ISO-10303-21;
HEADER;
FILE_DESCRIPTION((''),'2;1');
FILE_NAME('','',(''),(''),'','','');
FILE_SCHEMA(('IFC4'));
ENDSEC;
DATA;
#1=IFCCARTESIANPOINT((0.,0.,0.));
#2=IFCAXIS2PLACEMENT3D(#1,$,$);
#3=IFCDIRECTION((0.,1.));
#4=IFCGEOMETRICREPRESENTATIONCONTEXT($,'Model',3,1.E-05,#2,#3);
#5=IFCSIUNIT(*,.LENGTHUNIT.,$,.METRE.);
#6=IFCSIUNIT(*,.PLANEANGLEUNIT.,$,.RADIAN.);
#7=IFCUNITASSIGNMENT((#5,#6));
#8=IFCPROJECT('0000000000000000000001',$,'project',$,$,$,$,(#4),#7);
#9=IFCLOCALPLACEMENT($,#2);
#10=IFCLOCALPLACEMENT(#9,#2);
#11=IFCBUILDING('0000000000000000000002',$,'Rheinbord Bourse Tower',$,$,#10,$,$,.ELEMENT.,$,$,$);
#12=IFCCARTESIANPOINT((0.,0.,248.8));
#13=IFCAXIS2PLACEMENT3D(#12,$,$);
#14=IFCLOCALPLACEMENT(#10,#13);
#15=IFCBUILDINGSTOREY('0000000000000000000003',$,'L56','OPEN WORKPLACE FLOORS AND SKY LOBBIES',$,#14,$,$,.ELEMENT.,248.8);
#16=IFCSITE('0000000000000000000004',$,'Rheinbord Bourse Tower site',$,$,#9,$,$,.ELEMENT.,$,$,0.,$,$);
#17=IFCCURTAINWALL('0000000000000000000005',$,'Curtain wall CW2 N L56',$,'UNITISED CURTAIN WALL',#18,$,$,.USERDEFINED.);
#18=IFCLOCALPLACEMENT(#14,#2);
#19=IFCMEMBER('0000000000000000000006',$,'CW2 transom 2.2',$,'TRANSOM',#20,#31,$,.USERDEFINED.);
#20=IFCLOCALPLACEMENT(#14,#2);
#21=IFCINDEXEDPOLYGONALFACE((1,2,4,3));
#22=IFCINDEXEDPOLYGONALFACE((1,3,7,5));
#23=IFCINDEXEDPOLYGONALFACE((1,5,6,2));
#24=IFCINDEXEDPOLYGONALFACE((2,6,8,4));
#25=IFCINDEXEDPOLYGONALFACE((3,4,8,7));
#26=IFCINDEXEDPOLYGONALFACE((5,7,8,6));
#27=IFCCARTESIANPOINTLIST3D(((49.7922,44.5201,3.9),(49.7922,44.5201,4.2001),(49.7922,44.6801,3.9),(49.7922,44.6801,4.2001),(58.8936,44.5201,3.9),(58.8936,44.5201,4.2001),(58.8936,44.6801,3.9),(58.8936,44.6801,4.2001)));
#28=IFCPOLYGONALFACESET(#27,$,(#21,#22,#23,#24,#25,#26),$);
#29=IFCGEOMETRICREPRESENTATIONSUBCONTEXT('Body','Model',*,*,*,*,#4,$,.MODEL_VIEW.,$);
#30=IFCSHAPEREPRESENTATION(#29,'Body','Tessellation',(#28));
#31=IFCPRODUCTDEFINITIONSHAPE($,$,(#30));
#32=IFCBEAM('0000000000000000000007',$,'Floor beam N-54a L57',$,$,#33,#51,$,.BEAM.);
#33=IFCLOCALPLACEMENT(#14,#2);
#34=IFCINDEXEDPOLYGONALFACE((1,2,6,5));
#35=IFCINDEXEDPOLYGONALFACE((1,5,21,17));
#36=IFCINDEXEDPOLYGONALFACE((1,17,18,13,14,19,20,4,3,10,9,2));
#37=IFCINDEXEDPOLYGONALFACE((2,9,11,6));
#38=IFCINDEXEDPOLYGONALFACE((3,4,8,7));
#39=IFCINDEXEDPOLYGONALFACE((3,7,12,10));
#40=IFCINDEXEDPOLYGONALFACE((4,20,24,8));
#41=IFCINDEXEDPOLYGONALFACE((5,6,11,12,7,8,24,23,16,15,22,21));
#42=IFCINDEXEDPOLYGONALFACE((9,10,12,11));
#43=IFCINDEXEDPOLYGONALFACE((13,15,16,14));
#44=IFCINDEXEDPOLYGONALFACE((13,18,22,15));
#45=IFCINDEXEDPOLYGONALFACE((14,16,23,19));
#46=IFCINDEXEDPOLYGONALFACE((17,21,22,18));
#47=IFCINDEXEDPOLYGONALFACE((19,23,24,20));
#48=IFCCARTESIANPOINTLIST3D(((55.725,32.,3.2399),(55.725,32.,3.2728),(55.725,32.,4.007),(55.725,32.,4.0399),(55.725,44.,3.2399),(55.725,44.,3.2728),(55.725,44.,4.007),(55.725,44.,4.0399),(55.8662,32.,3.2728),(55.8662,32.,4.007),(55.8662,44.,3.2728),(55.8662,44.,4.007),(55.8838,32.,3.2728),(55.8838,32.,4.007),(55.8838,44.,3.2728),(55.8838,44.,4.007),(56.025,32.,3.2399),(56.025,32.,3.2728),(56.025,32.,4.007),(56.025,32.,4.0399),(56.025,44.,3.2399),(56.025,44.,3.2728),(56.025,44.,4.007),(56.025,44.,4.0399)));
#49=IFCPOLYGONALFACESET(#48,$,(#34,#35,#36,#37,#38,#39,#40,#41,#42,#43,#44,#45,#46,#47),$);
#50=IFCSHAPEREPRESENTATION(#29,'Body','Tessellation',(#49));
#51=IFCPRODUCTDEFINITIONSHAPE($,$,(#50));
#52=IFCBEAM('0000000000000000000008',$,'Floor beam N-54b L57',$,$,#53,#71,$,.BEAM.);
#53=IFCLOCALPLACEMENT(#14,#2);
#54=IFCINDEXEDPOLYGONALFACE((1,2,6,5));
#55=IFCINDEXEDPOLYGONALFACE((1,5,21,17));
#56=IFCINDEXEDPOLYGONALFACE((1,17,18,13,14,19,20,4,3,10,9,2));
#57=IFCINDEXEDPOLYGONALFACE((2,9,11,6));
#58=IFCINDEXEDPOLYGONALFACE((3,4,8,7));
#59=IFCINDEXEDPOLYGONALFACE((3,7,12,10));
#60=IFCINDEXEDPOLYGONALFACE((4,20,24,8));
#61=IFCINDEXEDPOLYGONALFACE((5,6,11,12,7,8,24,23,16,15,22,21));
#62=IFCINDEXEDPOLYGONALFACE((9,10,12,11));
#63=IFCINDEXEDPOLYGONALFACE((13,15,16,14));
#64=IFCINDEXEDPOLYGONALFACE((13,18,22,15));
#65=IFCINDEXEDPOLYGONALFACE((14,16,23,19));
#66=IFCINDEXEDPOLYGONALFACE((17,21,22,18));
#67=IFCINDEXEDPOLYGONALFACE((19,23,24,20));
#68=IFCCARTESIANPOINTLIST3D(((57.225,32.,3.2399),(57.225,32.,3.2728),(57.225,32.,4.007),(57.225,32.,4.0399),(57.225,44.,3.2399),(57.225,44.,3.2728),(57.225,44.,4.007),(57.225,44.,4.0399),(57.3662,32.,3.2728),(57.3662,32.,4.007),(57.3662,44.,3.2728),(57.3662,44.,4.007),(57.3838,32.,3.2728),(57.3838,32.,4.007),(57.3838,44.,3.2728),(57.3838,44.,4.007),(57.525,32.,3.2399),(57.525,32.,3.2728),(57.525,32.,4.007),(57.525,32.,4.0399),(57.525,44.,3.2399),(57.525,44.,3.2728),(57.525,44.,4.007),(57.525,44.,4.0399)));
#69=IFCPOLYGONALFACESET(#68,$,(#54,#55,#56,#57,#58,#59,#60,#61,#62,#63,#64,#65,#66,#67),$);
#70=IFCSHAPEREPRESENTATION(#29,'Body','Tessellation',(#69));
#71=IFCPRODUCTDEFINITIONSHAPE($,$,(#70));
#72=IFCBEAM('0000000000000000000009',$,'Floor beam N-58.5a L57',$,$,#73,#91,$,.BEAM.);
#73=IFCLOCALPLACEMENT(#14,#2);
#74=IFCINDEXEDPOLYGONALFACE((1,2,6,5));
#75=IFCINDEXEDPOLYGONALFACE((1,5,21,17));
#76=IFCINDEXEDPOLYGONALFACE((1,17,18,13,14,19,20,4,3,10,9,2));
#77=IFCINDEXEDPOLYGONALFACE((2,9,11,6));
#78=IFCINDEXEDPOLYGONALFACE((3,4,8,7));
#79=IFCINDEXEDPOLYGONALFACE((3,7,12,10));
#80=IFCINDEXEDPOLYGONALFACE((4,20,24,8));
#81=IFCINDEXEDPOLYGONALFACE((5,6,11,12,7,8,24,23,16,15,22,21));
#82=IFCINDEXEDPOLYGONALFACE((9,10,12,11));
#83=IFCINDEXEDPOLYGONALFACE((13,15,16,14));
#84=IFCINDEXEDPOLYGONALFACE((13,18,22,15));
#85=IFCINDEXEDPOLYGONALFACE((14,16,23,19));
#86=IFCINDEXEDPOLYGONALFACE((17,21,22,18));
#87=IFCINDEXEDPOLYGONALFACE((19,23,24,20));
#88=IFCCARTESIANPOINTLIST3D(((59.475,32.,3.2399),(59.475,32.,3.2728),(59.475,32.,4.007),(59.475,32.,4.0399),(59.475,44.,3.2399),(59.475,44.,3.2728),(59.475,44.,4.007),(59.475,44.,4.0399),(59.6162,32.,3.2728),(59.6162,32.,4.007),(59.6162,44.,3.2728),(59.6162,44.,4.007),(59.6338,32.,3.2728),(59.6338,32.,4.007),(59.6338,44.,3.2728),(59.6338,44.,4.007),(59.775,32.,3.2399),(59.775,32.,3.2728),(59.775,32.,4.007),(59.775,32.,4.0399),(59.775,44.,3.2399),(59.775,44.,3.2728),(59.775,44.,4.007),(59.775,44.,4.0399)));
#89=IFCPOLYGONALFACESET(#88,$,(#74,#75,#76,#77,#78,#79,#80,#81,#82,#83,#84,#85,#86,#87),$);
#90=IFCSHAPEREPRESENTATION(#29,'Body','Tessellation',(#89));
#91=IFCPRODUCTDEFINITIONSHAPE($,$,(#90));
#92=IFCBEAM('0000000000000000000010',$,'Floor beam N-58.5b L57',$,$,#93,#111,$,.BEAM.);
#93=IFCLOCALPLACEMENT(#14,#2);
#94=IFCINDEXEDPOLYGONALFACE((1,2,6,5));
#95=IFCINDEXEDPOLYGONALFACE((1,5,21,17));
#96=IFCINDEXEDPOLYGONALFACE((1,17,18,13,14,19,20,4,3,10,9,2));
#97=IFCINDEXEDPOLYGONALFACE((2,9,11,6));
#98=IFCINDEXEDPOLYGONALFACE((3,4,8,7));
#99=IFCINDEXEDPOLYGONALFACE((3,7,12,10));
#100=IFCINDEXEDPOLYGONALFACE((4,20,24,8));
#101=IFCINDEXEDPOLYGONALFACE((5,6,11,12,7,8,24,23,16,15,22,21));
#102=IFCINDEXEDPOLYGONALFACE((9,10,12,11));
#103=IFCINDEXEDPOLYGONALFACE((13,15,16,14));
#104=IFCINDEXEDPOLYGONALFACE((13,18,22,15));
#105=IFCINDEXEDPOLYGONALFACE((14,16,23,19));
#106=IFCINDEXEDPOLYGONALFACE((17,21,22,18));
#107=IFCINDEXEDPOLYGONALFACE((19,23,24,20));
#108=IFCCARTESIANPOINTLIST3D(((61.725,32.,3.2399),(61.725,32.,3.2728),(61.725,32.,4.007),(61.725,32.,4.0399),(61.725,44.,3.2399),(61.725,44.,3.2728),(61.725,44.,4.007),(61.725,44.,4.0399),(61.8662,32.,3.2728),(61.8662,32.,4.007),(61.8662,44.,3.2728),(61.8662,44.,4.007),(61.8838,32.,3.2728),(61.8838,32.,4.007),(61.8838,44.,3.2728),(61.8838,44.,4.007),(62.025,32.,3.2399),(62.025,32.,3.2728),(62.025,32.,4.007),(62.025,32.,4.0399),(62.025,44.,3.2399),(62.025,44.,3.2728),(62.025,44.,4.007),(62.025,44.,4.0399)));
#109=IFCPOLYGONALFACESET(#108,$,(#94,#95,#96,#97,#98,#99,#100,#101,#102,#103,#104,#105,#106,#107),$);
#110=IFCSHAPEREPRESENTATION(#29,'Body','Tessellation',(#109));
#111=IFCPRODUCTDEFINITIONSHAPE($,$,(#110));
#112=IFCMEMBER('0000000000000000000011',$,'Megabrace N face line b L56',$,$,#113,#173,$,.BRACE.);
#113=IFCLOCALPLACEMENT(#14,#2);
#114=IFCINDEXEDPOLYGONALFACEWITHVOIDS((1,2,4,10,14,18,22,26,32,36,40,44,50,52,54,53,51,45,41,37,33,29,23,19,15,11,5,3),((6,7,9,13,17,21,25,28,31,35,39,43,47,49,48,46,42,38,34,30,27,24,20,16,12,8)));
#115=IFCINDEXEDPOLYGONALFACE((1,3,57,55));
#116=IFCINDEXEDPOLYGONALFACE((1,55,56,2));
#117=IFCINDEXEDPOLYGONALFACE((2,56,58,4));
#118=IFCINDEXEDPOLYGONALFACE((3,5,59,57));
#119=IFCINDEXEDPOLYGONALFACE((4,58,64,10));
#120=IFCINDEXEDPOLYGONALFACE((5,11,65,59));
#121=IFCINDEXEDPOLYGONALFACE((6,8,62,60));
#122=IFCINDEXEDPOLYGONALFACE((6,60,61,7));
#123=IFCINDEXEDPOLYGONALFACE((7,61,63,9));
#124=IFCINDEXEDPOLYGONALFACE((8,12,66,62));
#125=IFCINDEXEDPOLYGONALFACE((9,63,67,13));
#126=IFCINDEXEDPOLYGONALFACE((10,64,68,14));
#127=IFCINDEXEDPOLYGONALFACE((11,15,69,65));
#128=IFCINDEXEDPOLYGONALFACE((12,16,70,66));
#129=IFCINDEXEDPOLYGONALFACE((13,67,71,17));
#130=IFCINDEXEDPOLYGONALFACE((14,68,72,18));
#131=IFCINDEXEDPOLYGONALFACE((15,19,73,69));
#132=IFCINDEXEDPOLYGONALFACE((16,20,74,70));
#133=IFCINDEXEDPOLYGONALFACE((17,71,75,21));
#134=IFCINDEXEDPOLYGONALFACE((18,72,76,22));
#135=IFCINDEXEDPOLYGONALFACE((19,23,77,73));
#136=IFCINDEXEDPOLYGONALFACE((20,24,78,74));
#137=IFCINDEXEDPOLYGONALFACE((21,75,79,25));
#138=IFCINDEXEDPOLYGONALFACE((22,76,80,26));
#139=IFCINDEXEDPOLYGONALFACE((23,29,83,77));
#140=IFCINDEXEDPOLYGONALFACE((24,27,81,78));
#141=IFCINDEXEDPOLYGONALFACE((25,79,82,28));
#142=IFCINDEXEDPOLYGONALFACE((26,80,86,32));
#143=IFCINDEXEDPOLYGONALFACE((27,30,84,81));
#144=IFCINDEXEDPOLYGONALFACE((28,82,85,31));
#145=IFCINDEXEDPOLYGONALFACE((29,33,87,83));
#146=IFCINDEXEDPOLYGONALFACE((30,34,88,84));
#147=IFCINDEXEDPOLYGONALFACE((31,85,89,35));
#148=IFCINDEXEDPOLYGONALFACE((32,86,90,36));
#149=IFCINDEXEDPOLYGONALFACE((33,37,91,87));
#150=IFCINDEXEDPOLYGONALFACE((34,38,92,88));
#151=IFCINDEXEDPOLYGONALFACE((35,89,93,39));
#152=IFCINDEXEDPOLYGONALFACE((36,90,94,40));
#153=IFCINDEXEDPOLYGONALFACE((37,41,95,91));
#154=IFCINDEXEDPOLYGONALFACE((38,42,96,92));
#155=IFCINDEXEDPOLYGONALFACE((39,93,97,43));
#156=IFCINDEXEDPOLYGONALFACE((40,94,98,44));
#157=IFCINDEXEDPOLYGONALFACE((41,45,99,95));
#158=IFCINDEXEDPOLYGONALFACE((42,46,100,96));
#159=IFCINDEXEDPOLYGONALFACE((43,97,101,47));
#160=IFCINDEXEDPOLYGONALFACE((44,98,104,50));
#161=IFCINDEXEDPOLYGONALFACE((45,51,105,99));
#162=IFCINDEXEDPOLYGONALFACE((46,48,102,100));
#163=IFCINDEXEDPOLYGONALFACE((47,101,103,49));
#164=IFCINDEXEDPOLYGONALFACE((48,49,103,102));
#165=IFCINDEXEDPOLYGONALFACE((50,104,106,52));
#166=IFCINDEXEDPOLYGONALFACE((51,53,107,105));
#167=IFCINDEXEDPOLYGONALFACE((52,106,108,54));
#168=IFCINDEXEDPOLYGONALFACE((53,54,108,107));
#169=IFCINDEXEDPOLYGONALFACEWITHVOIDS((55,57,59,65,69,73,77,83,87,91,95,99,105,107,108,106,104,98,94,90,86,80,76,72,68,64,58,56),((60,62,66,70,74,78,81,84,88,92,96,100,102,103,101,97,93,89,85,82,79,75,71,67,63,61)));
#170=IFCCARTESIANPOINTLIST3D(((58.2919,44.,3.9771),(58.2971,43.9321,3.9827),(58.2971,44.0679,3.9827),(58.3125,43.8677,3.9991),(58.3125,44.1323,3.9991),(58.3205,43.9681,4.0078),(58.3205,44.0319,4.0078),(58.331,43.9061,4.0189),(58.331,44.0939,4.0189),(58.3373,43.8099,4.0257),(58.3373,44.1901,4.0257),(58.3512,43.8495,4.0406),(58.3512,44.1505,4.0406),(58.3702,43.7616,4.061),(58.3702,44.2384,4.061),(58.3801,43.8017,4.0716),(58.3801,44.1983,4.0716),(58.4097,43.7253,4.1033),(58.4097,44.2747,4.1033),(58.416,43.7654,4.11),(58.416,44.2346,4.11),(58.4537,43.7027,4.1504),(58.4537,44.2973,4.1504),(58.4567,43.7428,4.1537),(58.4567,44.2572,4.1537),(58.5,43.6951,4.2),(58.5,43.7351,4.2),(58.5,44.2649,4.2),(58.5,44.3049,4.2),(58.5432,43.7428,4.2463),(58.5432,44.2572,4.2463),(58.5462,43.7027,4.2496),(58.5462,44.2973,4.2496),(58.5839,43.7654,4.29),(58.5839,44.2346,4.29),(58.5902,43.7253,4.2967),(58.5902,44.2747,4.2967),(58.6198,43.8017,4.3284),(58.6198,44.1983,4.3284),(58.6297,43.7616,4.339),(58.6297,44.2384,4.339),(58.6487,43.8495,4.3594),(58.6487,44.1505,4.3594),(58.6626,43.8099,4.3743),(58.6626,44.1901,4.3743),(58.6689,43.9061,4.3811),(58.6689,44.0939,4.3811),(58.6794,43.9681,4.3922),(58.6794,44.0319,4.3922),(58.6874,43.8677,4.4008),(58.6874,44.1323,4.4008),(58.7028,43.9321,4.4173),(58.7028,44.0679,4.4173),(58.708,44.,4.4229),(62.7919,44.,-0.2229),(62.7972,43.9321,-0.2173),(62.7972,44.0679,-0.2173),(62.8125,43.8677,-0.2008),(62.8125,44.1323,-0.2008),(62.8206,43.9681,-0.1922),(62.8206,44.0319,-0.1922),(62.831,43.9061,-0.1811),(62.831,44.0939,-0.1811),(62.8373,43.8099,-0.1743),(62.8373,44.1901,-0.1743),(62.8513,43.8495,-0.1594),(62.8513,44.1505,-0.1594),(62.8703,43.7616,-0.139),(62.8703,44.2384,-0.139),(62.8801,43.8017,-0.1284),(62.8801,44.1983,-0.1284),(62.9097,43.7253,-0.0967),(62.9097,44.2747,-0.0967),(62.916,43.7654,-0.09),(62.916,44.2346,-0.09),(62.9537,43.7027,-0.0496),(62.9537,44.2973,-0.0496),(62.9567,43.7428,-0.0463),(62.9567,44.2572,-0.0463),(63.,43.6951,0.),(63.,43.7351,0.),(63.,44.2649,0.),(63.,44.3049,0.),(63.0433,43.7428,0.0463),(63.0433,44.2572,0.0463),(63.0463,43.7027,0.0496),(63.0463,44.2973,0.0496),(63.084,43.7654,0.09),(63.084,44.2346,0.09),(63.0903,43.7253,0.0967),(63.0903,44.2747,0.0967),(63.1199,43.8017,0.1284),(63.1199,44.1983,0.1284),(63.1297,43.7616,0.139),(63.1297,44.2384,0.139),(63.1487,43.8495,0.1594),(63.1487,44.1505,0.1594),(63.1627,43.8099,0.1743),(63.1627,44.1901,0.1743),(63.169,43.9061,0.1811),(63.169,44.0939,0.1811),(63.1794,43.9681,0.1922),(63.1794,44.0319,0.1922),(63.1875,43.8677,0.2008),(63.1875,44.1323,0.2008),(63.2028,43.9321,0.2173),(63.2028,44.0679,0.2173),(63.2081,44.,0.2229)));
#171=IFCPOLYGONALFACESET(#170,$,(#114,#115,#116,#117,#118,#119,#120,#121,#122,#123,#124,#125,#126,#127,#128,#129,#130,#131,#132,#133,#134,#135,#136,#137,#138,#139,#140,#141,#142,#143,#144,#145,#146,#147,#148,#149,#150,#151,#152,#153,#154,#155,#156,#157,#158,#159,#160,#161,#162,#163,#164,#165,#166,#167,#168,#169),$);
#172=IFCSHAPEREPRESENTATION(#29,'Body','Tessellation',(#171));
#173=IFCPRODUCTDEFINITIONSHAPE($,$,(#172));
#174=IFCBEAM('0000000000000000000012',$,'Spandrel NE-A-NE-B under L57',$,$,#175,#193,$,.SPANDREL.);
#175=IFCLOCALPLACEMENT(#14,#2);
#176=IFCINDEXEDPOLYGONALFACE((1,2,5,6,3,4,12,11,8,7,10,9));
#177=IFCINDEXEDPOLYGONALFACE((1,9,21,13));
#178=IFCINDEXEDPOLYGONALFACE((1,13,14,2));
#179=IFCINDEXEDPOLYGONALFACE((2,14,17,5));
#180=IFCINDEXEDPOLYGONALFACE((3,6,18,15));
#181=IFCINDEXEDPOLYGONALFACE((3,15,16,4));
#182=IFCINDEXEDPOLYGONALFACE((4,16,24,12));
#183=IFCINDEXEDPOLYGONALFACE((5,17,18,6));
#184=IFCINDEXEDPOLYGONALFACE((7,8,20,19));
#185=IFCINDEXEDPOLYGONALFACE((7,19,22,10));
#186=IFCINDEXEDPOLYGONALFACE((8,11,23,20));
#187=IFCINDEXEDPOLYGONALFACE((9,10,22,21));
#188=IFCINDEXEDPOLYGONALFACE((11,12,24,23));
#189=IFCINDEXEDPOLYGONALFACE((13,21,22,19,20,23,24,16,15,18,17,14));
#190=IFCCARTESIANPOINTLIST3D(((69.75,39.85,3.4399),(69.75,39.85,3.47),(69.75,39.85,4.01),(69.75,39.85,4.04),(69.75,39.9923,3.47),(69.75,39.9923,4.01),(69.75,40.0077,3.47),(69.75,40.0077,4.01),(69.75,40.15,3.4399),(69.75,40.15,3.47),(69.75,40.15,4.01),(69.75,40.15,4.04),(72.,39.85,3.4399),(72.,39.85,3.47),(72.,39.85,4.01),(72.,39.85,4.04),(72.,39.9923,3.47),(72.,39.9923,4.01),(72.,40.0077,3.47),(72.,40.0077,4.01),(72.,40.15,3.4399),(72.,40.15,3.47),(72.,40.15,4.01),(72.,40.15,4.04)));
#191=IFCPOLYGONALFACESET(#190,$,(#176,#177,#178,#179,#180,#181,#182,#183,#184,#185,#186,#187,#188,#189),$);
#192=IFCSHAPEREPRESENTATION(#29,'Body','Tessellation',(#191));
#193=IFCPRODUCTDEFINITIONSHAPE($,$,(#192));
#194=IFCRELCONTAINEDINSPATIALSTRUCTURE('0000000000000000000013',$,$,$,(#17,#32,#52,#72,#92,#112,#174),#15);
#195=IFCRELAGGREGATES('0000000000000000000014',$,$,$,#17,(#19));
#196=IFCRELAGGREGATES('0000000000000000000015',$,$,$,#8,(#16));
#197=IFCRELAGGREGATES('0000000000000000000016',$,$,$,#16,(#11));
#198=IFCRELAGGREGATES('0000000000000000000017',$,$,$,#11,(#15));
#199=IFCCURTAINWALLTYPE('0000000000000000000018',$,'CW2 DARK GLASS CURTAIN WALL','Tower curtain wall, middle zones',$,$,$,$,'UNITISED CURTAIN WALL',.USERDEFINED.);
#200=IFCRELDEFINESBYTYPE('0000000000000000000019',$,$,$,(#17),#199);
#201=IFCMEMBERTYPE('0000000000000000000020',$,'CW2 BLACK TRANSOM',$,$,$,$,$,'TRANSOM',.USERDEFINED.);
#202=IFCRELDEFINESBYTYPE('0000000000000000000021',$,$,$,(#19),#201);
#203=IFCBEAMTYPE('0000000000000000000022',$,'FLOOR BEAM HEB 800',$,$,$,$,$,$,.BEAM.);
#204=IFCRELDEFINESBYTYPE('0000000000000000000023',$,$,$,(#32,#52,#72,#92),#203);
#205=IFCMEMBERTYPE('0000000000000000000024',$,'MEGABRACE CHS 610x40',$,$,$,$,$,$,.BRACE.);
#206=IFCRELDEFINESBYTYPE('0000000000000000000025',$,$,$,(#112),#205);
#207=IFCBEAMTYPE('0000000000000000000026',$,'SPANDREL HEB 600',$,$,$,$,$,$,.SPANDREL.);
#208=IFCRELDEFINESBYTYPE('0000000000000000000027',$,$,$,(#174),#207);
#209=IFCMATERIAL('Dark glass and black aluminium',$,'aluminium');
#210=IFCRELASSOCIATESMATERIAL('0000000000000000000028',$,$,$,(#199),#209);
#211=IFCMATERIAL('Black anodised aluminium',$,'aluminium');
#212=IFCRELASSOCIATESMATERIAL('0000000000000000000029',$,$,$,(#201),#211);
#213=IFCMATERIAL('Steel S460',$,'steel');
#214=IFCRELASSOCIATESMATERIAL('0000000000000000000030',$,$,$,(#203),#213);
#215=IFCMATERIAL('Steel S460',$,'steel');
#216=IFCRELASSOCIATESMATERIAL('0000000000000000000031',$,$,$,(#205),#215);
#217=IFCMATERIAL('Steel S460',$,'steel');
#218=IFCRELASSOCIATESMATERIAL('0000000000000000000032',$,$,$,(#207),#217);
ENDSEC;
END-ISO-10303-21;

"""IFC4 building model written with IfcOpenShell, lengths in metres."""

from ifc_helpers import new_model, si_unit, direction, frame, origin, origin_2d, place, context, subcontext, project, spatial, rectangle, hollow_circle, i_section, extrude, material, material_profile, profile_set, type_object, element, aggregate, save


model = new_model("IFC4")

# Units and contexts
model_context = context("Model", 3, precision=1e-05, world=origin(), true_north=direction((0.0, 1.0)))
body_context = subcontext(model_context, "Body", "Model", "MODEL_VIEW")
ifc_project = project(units=[si_unit("LENGTHUNIT", "METRE"), si_unit("PLANEANGLEUNIT", "RADIAN")], contexts=[model_context])

# Site, building, storey
site_placement = place(None, origin())
site = spatial("IfcSite", under=ifc_project, at=site_placement, Name="Rheinbord Bourse Tower site", CompositionType="ELEMENT", RefElevation=0.0)
building_placement = place(site_placement, origin())
building = spatial("IfcBuilding", under=site, at=building_placement, Name="Rheinbord Bourse Tower", CompositionType="ELEMENT")
storey_placement = place(building_placement, frame((0.0, 0.0, 248.8)))
storey = spatial("IfcBuildingStorey", under=building, at=storey_placement, Name="L56", Description="OPEN WORKPLACE FLOORS AND SKY LOBBIES", CompositionType="ELEMENT", Elevation=248.8)

# Curtain wall
ifc_material_1 = material(Name="Dark glass and black aluminium", Category="aluminium")
curtain_wall_type = type_object("IfcCurtainWallType", Name="CW2 DARK GLASS CURTAIN WALL", Description="Tower curtain wall, middle zones", ElementType="UNITISED CURTAIN WALL", PredefinedType="USERDEFINED", material=ifc_material_1)
curtain_wall_1_placement = place(storey_placement, origin())
curtain_wall_1 = element("IfcCurtainWall", 1, at=curtain_wall_1_placement, inside=storey, type_object=curtain_wall_type, Name="Curtain wall CW2 N L56", ObjectType="UNITISED CURTAIN WALL", PredefinedType="USERDEFINED")

# Member
ifc_material_2 = material(Name="Black anodised aluminium", Category="aluminium")
ifc_material_profile_1 = material_profile(ifc_material_2, rectangle(XDim=0.1599, YDim=0.3, at=origin_2d()), Name="CW2 TRANSOM 300x160")
ifc_profile_set_1 = profile_set([ifc_material_profile_1], Name="Black anodised aluminium")
member_type_1 = type_object("IfcMemberType", Name="CW2 BLACK TRANSOM", ElementType="TRANSOM", PredefinedType="USERDEFINED", material=ifc_profile_set_1)
member_1_placement = place(storey_placement, frame((58.8936, 44.6001, 4.05), z_axis=(-1.0, 0.0, 0.0), x_axis=(0.0, -1.0, 0.0)))
member_1 = element("IfcMember", 2, at=member_1_placement, type_object=member_type_1, Name="CW2 transom 2.2", ObjectType="TRANSOM", PredefinedType="USERDEFINED", context=body_context, shape_type="SweptSolid", body=[
    extrude(rectangle(XDim=0.1599, YDim=0.3, at=origin_2d()), origin(), (0.0, 0.0, 1.0), 9.1013),
])

# Beams
ifc_material_3 = material(Name="Steel S460", Category="steel")
ifc_material_profile_2 = material_profile(ifc_material_3, i_section(OverallWidth=0.3, OverallDepth=0.8, WebThickness=0.0176, FlangeThickness=0.033, at=origin_2d()), Name="HEB 800")
ifc_profile_set_2 = profile_set([ifc_material_profile_2], Name="Steel S460")
beam_type_1 = type_object("IfcBeamType", Name="FLOOR BEAM HEB 800", PredefinedType="BEAM", material=ifc_profile_set_2)
for number, where, z_axis, x_axis, name in (
    (3, (55.875, 44.0, 3.6399), (0.0, -1.0, 0.0), (1.0, 0.0, 0.0), "Floor beam N-54a L57"),
    (4, (57.375, 44.0, 3.6399), (0.0, -1.0, 0.0), (1.0, 0.0, 0.0), "Floor beam N-54b L57"),
    (5, (59.625, 44.0, 3.6399), (0.0, -1.0, 0.0), (1.0, 0.0, 0.0), "Floor beam N-58.5a L57"),
    (6, (61.875, 44.0, 3.6399), (0.0, -1.0, 0.0), (1.0, 0.0, 0.0), "Floor beam N-58.5b L57"),
):
    element("IfcBeam", number, at=place(storey_placement, frame(where, z_axis=z_axis, x_axis=x_axis)), inside=storey, type_object=beam_type_1, Name=name, PredefinedType="BEAM", context=body_context, shape_type="SweptSolid", body=[
        extrude(i_section(OverallWidth=0.3, OverallDepth=0.8, WebThickness=0.0176, FlangeThickness=0.033, at=origin_2d()), origin(), (0.0, 0.0, 1.0), 12.0),
    ])

# Member
ifc_material_4 = material(Name="Steel S460", Category="steel")
ifc_material_profile_3 = material_profile(ifc_material_4, hollow_circle(Radius=0.3049, WallThickness=0.04, at=origin_2d()), Name="CHS 610x40")
ifc_profile_set_3 = profile_set([ifc_material_profile_3], Name="Steel S460")
member_type_2 = type_object("IfcMemberType", Name="MEGABRACE CHS 610x40", PredefinedType="BRACE", material=ifc_profile_set_3)
member_2_placement = place(storey_placement, frame((63.0, 44.0, 0.0), z_axis=(-0.731059, 0.0, 0.682314), x_axis=(0.0, -1.0, 0.0)))
element("IfcMember", 7, at=member_2_placement, inside=storey, type_object=member_type_2, Name="Megabrace N face line b L56", PredefinedType="BRACE", context=body_context, shape_type="SweptSolid", body=[
    extrude(hollow_circle(Radius=0.3049, WallThickness=0.04, at=origin_2d()), origin(), (0.0, 0.0, 1.0), 6.1555),
])

# Beam
ifc_material_5 = material(Name="Steel S460", Category="steel")
ifc_material_profile_4 = material_profile(ifc_material_5, i_section(OverallWidth=0.3, OverallDepth=0.6001, WebThickness=0.0154, FlangeThickness=0.03, at=origin_2d()), Name="HEB 600")
ifc_profile_set_4 = profile_set([ifc_material_profile_4], Name="Steel S460")
beam_type_2 = type_object("IfcBeamType", Name="SPANDREL HEB 600", PredefinedType="SPANDREL", material=ifc_profile_set_4)
for number, where, z_axis, x_axis, name in (
    (8, (72.0, 40.0, 3.74), (-1.0, 0.0, 0.0), (0.0, -1.0, 0.0), "Spandrel NE-A-NE-B under L57"),
):
    element("IfcBeam", number, at=place(storey_placement, frame(where, z_axis=z_axis, x_axis=x_axis)), inside=storey, type_object=beam_type_2, Name=name, PredefinedType="SPANDREL", context=body_context, shape_type="SweptSolid", body=[
        extrude(i_section(OverallWidth=0.3, OverallDepth=0.6001, WebThickness=0.0154, FlangeThickness=0.03, at=origin_2d()), origin(), (0.0, 0.0, 1.0), 2.25),
    ])

aggregate(curtain_wall_1, [member_1])

save(model, "model.ifc")
